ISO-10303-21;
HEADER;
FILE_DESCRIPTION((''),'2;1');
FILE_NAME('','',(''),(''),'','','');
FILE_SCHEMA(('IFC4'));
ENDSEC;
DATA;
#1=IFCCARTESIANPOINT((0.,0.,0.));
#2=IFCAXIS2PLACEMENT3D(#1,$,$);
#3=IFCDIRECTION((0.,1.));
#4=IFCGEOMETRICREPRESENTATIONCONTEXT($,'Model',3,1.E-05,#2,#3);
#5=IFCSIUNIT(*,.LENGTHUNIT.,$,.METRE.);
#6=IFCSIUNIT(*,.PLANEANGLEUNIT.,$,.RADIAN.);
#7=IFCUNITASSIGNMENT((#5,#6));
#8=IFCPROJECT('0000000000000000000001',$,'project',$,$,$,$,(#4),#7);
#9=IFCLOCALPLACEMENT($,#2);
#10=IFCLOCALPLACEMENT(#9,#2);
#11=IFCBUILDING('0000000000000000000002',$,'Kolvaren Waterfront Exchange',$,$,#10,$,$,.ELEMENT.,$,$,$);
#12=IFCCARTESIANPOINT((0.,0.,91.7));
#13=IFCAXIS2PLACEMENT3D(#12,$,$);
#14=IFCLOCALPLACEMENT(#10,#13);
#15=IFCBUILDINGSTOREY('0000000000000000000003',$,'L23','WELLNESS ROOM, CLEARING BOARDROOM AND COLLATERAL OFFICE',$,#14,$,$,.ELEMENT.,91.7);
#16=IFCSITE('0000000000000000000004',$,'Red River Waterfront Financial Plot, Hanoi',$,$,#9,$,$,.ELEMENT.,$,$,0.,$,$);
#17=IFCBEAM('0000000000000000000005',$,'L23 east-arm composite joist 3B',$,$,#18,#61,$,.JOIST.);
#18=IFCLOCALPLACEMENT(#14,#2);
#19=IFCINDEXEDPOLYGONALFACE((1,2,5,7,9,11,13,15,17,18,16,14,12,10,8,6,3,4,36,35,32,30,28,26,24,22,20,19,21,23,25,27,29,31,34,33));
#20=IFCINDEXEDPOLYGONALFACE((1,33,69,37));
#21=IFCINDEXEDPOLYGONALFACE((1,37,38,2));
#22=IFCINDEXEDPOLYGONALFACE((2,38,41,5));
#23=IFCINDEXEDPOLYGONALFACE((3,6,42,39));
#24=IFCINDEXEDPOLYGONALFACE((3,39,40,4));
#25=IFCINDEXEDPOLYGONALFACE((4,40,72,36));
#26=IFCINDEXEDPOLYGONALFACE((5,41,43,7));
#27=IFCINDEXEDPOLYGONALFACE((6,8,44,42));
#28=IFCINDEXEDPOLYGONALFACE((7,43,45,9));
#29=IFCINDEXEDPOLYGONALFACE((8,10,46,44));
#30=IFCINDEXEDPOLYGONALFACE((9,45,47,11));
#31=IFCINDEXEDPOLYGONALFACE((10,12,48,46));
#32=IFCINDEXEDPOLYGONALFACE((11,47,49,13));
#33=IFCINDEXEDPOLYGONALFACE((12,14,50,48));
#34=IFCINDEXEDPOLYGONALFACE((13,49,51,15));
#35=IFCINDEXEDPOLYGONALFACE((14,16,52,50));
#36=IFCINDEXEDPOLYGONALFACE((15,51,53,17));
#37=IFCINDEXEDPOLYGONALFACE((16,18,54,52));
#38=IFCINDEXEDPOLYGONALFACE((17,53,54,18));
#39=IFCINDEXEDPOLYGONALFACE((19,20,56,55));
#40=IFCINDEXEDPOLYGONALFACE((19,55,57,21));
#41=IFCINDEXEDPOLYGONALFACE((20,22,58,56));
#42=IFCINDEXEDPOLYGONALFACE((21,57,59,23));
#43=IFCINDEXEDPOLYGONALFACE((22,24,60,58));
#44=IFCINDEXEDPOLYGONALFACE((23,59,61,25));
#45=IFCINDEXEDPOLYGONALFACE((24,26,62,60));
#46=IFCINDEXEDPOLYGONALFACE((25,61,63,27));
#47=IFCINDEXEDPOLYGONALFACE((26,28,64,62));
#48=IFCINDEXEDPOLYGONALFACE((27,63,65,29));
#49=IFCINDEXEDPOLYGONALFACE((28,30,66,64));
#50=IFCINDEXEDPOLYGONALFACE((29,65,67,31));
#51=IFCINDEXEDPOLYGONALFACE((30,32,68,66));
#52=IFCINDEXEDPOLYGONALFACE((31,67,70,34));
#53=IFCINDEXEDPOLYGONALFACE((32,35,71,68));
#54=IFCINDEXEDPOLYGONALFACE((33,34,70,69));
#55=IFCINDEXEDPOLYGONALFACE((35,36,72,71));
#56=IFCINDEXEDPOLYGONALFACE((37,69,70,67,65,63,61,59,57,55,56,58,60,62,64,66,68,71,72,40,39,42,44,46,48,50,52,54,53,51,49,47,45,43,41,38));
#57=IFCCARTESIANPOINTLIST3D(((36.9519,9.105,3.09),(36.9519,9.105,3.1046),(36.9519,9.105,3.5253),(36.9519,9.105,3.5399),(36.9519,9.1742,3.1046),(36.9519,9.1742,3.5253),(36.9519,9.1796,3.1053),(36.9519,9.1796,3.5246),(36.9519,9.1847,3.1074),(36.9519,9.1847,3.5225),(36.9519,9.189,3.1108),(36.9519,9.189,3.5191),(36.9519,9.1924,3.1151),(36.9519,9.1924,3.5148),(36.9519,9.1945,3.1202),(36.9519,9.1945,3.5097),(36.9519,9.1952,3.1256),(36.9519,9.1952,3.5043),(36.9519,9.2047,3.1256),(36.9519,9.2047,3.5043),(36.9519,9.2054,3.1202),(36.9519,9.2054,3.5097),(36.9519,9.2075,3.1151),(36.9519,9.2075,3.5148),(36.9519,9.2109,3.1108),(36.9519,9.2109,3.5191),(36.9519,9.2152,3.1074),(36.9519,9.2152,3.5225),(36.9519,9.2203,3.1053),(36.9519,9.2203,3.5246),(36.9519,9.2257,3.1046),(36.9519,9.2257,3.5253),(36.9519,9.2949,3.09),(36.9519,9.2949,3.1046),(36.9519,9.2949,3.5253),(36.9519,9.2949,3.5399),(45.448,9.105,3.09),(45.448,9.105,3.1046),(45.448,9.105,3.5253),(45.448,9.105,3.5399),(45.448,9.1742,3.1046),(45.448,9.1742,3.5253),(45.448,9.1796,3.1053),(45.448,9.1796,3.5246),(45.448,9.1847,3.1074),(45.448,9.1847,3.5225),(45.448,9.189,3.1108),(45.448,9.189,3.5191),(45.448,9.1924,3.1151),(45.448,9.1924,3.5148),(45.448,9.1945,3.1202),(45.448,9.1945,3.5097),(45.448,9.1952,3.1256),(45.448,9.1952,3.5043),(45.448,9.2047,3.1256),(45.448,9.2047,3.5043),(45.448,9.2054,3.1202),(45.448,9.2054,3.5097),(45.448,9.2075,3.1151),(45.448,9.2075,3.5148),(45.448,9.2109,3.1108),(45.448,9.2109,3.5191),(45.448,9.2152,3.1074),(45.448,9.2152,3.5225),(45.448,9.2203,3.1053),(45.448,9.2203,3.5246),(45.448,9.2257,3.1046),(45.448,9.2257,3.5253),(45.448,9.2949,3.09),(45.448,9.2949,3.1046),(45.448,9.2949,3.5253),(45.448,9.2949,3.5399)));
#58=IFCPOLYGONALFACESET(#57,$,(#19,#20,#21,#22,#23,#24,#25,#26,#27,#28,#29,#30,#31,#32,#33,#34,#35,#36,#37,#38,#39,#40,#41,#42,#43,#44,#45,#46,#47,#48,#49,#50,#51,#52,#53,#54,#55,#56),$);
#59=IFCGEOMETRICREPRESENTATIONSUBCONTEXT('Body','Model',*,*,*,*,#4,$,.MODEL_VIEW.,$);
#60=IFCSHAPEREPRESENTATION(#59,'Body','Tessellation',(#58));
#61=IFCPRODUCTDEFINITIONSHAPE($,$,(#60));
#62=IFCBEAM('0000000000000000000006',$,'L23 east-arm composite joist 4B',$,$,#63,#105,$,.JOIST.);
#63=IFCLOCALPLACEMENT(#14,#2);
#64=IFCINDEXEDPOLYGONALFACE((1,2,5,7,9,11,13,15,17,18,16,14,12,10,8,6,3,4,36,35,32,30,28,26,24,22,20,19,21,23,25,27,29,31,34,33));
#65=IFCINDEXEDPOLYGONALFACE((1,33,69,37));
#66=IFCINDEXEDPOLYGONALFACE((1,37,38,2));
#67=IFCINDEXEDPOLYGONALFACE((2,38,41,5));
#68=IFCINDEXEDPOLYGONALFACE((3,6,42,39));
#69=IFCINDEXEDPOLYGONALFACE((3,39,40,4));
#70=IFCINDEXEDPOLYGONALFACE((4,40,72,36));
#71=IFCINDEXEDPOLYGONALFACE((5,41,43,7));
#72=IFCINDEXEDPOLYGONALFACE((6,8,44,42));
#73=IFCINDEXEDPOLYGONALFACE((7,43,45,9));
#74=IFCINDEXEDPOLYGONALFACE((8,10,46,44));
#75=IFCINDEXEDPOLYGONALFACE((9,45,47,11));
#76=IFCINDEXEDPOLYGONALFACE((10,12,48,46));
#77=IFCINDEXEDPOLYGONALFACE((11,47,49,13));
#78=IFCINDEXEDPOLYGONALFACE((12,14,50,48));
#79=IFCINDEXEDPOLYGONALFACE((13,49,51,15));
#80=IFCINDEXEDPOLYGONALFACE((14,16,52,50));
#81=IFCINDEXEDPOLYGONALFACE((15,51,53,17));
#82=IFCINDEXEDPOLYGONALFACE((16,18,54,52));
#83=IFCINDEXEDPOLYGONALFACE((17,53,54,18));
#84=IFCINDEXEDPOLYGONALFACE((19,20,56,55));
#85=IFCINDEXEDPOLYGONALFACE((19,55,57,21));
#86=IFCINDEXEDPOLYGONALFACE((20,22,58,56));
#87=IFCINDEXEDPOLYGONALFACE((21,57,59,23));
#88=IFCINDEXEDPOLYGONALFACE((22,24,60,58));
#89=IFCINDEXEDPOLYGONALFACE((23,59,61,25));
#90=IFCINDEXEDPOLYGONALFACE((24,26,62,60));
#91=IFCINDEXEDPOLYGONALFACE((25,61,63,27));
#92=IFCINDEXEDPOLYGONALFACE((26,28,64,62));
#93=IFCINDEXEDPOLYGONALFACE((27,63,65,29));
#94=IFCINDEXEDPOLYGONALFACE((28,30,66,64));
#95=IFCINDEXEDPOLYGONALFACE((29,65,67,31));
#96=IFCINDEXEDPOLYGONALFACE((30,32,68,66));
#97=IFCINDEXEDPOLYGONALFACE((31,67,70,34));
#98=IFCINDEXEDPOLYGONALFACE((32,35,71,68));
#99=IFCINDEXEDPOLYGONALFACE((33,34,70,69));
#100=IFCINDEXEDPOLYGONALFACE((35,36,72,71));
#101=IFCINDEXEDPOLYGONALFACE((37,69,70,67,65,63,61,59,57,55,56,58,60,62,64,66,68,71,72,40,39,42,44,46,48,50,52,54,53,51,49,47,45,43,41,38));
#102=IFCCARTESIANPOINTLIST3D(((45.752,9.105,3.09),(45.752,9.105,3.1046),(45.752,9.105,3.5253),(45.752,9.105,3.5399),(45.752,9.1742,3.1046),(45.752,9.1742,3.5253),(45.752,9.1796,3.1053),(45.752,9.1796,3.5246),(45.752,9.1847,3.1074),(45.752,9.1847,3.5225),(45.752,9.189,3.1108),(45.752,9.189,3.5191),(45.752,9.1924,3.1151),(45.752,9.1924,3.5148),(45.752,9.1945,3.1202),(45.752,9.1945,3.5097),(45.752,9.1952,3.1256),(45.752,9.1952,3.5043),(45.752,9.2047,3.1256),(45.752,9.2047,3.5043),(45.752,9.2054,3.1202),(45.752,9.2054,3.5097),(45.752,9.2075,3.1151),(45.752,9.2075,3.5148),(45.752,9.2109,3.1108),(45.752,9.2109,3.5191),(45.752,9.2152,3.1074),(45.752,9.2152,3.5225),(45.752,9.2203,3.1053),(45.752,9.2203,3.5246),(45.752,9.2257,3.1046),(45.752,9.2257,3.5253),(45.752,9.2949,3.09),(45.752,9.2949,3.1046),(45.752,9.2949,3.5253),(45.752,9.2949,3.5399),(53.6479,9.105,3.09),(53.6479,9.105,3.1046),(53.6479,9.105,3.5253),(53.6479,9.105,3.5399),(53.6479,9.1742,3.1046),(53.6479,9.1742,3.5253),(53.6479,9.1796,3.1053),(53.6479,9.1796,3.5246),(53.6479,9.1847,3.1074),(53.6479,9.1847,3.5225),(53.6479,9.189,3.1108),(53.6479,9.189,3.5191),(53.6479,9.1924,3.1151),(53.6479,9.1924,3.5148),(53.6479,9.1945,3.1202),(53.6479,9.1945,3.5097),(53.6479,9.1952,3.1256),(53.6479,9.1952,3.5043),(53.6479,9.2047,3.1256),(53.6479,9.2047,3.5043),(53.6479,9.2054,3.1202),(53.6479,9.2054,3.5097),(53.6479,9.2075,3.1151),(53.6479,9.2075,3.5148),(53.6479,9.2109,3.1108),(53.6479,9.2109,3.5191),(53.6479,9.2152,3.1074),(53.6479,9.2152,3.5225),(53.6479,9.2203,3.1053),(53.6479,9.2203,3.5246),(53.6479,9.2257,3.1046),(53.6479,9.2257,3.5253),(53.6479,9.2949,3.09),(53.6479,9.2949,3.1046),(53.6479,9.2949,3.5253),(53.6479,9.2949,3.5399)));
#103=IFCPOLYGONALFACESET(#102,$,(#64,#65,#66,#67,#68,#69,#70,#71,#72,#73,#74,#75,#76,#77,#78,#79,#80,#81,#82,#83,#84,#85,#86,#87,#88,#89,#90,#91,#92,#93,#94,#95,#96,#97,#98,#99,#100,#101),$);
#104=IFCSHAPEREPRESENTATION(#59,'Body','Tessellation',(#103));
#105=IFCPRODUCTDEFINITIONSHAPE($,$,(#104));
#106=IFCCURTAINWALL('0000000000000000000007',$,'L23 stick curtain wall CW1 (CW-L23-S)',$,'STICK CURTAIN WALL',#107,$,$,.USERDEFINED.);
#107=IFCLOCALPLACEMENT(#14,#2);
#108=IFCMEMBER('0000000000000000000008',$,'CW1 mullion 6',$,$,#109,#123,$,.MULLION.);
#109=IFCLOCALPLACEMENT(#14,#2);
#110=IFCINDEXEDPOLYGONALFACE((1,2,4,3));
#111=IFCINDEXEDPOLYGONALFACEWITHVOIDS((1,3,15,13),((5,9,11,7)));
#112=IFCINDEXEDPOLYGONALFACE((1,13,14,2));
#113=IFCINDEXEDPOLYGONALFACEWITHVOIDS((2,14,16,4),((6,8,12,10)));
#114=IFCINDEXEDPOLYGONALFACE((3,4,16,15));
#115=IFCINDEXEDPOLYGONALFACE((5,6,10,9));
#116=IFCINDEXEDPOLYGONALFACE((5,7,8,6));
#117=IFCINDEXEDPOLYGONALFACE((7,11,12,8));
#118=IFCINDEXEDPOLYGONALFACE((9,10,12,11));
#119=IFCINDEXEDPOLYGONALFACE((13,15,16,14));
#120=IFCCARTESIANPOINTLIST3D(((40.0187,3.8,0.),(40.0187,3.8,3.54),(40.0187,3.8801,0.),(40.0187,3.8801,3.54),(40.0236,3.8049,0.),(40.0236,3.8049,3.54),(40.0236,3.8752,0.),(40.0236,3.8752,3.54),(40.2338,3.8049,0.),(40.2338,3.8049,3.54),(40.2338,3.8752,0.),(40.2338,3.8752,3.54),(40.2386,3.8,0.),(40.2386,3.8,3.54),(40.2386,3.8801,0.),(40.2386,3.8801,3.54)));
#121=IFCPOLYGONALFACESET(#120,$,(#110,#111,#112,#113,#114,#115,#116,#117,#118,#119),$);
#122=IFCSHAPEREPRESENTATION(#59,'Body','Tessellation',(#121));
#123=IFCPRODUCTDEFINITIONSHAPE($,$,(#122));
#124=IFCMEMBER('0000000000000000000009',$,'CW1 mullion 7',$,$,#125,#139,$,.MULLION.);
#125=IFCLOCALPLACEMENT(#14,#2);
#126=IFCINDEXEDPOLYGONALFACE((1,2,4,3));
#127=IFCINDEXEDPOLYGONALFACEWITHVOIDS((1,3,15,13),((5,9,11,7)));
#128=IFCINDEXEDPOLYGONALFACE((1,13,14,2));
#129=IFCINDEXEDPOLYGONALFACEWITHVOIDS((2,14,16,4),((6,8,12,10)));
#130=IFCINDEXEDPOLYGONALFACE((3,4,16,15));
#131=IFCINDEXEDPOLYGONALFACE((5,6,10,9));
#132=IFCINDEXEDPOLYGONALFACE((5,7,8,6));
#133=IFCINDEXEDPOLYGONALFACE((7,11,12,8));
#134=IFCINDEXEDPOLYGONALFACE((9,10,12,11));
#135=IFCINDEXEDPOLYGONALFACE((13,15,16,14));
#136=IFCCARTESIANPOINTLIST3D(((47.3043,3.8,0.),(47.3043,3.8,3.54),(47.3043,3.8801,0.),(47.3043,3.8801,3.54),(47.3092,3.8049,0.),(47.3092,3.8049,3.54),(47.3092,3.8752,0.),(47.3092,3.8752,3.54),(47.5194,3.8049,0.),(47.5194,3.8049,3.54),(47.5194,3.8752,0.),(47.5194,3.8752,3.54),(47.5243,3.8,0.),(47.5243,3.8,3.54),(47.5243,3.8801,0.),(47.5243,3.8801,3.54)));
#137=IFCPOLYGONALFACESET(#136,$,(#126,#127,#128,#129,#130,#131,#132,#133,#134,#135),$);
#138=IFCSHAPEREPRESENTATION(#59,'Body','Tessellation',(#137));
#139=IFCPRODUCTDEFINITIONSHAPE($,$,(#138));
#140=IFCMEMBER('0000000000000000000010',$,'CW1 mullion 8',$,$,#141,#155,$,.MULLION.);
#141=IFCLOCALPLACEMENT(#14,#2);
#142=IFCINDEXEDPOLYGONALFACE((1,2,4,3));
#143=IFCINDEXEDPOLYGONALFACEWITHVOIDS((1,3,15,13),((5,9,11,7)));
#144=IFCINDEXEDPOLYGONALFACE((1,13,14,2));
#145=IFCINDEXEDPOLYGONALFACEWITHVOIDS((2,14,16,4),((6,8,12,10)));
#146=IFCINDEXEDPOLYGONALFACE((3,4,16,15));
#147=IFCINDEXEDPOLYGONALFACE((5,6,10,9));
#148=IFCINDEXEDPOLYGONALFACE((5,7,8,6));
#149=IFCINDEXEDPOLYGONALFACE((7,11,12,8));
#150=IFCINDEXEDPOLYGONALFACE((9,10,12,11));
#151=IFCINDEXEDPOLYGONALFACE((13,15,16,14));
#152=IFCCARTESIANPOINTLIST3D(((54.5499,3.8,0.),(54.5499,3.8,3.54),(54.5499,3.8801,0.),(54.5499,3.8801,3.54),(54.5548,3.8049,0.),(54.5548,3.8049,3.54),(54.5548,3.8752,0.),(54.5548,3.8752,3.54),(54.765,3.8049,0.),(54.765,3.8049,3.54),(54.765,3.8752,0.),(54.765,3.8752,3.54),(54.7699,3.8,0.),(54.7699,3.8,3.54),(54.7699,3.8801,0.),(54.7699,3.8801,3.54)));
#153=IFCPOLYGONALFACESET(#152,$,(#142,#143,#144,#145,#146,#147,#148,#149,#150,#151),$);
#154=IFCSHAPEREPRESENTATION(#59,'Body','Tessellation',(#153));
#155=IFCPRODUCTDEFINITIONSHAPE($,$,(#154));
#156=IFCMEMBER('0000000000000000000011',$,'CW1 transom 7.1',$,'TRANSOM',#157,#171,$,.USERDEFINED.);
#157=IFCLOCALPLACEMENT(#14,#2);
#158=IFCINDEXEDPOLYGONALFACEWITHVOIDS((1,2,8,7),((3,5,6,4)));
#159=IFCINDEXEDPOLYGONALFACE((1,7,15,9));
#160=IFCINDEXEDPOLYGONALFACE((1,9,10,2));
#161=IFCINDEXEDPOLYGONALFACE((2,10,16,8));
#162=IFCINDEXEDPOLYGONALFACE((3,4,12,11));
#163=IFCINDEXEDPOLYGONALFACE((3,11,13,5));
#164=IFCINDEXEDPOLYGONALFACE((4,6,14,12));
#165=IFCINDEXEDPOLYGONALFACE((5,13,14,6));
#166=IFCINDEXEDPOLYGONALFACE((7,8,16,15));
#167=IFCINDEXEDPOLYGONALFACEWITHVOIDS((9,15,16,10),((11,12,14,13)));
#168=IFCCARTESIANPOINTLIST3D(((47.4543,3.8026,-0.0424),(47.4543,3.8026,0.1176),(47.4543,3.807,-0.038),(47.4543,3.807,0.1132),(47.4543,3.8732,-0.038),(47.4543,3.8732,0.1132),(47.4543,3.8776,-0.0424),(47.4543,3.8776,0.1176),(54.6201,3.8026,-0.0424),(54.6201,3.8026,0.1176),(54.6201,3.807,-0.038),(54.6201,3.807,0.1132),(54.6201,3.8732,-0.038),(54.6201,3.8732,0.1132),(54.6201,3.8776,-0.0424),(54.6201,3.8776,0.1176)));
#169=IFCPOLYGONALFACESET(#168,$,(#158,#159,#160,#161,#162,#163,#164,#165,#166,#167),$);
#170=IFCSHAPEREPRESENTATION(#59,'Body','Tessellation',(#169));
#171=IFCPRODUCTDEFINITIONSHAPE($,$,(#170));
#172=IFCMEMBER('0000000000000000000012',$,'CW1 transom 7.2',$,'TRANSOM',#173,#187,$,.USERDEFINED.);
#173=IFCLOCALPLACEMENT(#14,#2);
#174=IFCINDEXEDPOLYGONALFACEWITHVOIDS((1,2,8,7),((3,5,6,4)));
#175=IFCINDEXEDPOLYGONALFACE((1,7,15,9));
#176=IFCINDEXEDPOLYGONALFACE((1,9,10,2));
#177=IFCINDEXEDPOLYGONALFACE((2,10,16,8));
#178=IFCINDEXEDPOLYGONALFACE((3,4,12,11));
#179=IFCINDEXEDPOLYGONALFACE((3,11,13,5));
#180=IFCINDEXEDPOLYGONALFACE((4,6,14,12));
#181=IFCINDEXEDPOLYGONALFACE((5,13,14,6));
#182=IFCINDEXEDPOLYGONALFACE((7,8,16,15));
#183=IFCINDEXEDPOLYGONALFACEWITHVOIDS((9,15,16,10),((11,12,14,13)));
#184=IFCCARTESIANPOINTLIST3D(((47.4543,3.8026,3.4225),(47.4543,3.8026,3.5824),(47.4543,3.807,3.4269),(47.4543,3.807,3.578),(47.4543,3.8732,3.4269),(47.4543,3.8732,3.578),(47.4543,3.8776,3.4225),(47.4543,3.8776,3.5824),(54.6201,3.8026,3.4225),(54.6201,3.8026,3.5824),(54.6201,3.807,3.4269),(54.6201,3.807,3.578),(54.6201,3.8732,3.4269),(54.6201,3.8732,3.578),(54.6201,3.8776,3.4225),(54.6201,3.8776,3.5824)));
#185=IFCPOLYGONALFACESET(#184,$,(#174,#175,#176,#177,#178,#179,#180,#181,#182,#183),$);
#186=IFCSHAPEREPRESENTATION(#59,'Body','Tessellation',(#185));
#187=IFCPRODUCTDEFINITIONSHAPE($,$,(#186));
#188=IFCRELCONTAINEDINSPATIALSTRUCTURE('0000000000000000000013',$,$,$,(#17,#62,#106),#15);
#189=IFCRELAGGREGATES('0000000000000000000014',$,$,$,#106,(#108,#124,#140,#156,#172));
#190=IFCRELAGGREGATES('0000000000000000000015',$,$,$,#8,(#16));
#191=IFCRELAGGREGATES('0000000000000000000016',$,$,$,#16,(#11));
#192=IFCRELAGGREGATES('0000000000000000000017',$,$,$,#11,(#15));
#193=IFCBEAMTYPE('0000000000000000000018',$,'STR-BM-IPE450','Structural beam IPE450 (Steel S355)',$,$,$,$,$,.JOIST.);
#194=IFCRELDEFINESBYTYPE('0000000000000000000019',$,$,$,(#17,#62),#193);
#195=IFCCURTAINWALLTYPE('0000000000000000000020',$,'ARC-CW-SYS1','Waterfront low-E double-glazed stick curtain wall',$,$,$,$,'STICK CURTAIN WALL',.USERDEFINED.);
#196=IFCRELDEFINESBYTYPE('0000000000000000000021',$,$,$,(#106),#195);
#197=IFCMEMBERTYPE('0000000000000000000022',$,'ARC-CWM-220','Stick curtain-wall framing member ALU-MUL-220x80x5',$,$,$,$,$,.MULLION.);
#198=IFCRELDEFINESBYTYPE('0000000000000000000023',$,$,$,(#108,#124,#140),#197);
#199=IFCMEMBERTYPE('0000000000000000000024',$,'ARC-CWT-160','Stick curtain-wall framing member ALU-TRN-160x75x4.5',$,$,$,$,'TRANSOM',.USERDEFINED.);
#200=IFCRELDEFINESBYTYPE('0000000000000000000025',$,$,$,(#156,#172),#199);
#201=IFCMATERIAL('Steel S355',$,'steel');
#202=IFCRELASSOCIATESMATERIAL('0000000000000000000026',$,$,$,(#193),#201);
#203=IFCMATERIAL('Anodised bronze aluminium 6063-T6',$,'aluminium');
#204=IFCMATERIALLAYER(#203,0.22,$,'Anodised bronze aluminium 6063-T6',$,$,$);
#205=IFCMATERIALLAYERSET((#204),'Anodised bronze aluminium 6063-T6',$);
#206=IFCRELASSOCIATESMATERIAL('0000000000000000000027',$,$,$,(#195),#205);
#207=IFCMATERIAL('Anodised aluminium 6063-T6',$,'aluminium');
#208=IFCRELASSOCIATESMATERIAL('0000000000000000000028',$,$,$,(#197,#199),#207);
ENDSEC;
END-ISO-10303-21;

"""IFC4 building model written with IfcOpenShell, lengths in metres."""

from ifc_helpers import new_model, si_unit, direction, frame, origin, origin_with_axes, origin_2d, place, context, subcontext, project, spatial, hollow_rectangle, i_section, extrude, source, transform, mapped, material, layer, layer_set, material_profile, profile_set, type_object, element, aggregate, save


model = new_model("IFC4")

# Units and contexts
model_context = context("Model", 3, precision=1e-05, world=origin(), true_north=direction((0.0, 1.0)))
body_context = subcontext(model_context, "Body", "Model", "MODEL_VIEW")
ifc_project = project(units=[si_unit("LENGTHUNIT", "METRE"), si_unit("PLANEANGLEUNIT", "RADIAN")], contexts=[model_context])

# Site, building, storey
site_placement = place(None, origin())
site = spatial("IfcSite", under=ifc_project, at=site_placement, Name="Red River Waterfront Financial Plot, Hanoi", CompositionType="ELEMENT", RefElevation=0.0)
building_placement = place(site_placement, origin())
building = spatial("IfcBuilding", under=site, at=building_placement, Name="Kolvaren Waterfront Exchange", CompositionType="ELEMENT")
storey_placement = place(building_placement, frame((0.0, 0.0, 91.7)))
storey = spatial("IfcBuildingStorey", under=building, at=storey_placement, Name="L23", Description="WELLNESS ROOM, CLEARING BOARDROOM AND COLLATERAL OFFICE", CompositionType="ELEMENT", Elevation=91.7)

# Beams
ifc_material_1 = material(Name="Steel S355", Category="steel")
ifc_material_profile_1 = material_profile(ifc_material_1, i_section(OverallWidth=0.1899, OverallDepth=0.45, WebThickness=0.0095, FlangeThickness=0.0146, FilletRadius=0.021, at=origin_2d()), Name="IPE450")
ifc_profile_set_1 = profile_set([ifc_material_profile_1], Name="Steel S355")
beam_type_1 = type_object("IfcBeamType", Name="STR-BM-IPE450", Description="Structural beam IPE450 (Steel S355)", PredefinedType="JOIST", material=ifc_profile_set_1)
beam_1_placement = place(storey_placement, frame((36.9519, 9.2, 3.3149), z_axis=(1.0, 0.0, 0.0), x_axis=(0.0, 1.0, 0.0)))
element("IfcBeam", 1, at=beam_1_placement, inside=storey, type_object=beam_type_1, Name="L23 east-arm composite joist 3B", PredefinedType="JOIST", context=body_context, shape_type="SweptSolid", body=[
    extrude(i_section(OverallWidth=0.1899, OverallDepth=0.45, WebThickness=0.0095, FlangeThickness=0.0146, FilletRadius=0.021, at=origin_2d()), origin(), (0.0, 0.0, 1.0), 8.4961),
])
beam_2_placement = place(storey_placement, frame((45.752, 9.2, 3.3149), z_axis=(1.0, 0.0, 0.0), x_axis=(0.0, 1.0, 0.0)))
element("IfcBeam", 2, at=beam_2_placement, inside=storey, type_object=beam_type_1, Name="L23 east-arm composite joist 4B", PredefinedType="JOIST", context=body_context, shape_type="SweptSolid", body=[
    extrude(i_section(OverallWidth=0.1899, OverallDepth=0.45, WebThickness=0.0095, FlangeThickness=0.0146, FilletRadius=0.021, at=origin_2d()), origin(), (0.0, 0.0, 1.0), 7.896),
])

# Curtain wall, members
ifc_material_2 = material(Name="Anodised bronze aluminium 6063-T6", Category="aluminium")
ifc_layer_1 = layer(ifc_material_2, 0.22, Name="Anodised bronze aluminium 6063-T6")
ifc_layer_set_1 = layer_set([ifc_layer_1], Name="Anodised bronze aluminium 6063-T6")
curtain_wall_type = type_object("IfcCurtainWallType", Name="ARC-CW-SYS1", Description="Waterfront low-E double-glazed stick curtain wall", ElementType="STICK CURTAIN WALL", PredefinedType="USERDEFINED", material=ifc_layer_set_1)
curtain_wall_placement = place(storey_placement, origin())
curtain_wall = element("IfcCurtainWall", 3, at=curtain_wall_placement, inside=storey, type_object=curtain_wall_type, Name="L23 stick curtain wall CW1 (CW-L23-S)", ObjectType="STICK CURTAIN WALL", PredefinedType="USERDEFINED")
ifc_material_3 = material(Name="Anodised aluminium 6063-T6", Category="aluminium")
ifc_material_profile_2 = material_profile(ifc_material_3, hollow_rectangle(XDim=0.0801, YDim=0.22, WallThickness=0.0049, at=origin_2d()), Name="ALU-MUL-220x80x5")
ifc_profile_set_2 = profile_set([ifc_material_profile_2], Name="Anodised aluminium 6063-T6")
member_type_1 = type_object("IfcMemberType", Name="ARC-CWM-220", Description="Stick curtain-wall framing member ALU-MUL-220x80x5", PredefinedType="MULLION", material=ifc_profile_set_2)
shared_shape_1 = source(origin_with_axes(), body_context, "Body", "SweptSolid", [
    extrude(hollow_rectangle(XDim=0.0801, YDim=0.22, WallThickness=0.0049, at=origin_2d()), origin(), (0.0, 0.0, 1.0), 3.54),
])
member_1_placement = place(storey_placement, frame((40.1287, 3.8401, 0.0), z_axis=(0.0, 0.0, 1.0), x_axis=(0.0, 1.0, 0.0)))
member_1 = element("IfcMember", 4, at=member_1_placement, type_object=member_type_1, Name="CW1 mullion 6", PredefinedType="MULLION", context=body_context, shape_type="MappedRepresentation", body=[
    mapped(shared_shape_1, transform((0.0, 0.0, 0.0), x_axis=(1.0, 0.0, 0.0), y_axis=(0.0, 1.0, 0.0), z_axis=(0.0, 0.0, 1.0), scale=1.0)),
])
member_2_placement = place(storey_placement, frame((47.4143, 3.8401, 0.0), z_axis=(0.0, 0.0, 1.0), x_axis=(0.0, 1.0, 0.0)))
member_2 = element("IfcMember", 5, at=member_2_placement, type_object=member_type_1, Name="CW1 mullion 7", PredefinedType="MULLION", context=body_context, shape_type="MappedRepresentation", body=[
    mapped(shared_shape_1, transform((0.0, 0.0, 0.0), x_axis=(1.0, 0.0, 0.0), y_axis=(0.0, 1.0, 0.0), z_axis=(0.0, 0.0, 1.0), scale=1.0)),
])
member_3_placement = place(storey_placement, frame((54.6599, 3.8401, 0.0), z_axis=(0.0, 0.0, 1.0), x_axis=(0.0, 1.0, 0.0)))
member_3 = element("IfcMember", 6, at=member_3_placement, type_object=member_type_1, Name="CW1 mullion 8", PredefinedType="MULLION", context=body_context, shape_type="MappedRepresentation", body=[
    mapped(shared_shape_1, transform((0.0, 0.0, 0.0), x_axis=(1.0, 0.0, 0.0), y_axis=(0.0, 1.0, 0.0), z_axis=(0.0, 0.0, 1.0), scale=1.0)),
])
ifc_material_profile_3 = material_profile(ifc_material_3, hollow_rectangle(XDim=0.075, YDim=0.1599, WallThickness=0.0044, at=origin_2d()), Name="ALU-TRN-160x75x4.5")
ifc_profile_set_3 = profile_set([ifc_material_profile_3], Name="Anodised aluminium 6063-T6")
member_type_2 = type_object("IfcMemberType", Name="ARC-CWT-160", Description="Stick curtain-wall framing member ALU-TRN-160x75x4.5", ElementType="TRANSOM", PredefinedType="USERDEFINED", material=ifc_profile_set_3)
shared_shape_2 = source(origin_with_axes(), body_context, "Body", "SweptSolid", [
    extrude(hollow_rectangle(XDim=0.075, YDim=0.1599, WallThickness=0.0044, at=origin_2d()), origin(), (0.0, 0.0, 1.0), 7.1658),
])
member_4_placement = place(storey_placement, frame((47.4543, 3.8401, 0.0376), z_axis=(1.0, 0.0, 0.0), x_axis=(0.0, 1.0, 0.0)))
member_4 = element("IfcMember", 7, at=member_4_placement, type_object=member_type_2, Name="CW1 transom 7.1", ObjectType="TRANSOM", PredefinedType="USERDEFINED", context=body_context, shape_type="MappedRepresentation", body=[
    mapped(shared_shape_2, transform((0.0, 0.0, 0.0), x_axis=(1.0, 0.0, 0.0), y_axis=(0.0, 1.0, 0.0), z_axis=(0.0, 0.0, 1.0), scale=1.0)),
])
member_5_placement = place(storey_placement, frame((47.4543, 3.8401, 3.5024), z_axis=(1.0, 0.0, 0.0), x_axis=(0.0, 1.0, 0.0)))
member_5 = element("IfcMember", 8, at=member_5_placement, type_object=member_type_2, Name="CW1 transom 7.2", ObjectType="TRANSOM", PredefinedType="USERDEFINED", context=body_context, shape_type="MappedRepresentation", body=[
    mapped(shared_shape_2, transform((0.0, 0.0, 0.0), x_axis=(1.0, 0.0, 0.0), y_axis=(0.0, 1.0, 0.0), z_axis=(0.0, 0.0, 1.0), scale=1.0)),
])
aggregate(curtain_wall, [member_1, member_2, member_3, member_4, member_5])

save(model, "model.ifc")
